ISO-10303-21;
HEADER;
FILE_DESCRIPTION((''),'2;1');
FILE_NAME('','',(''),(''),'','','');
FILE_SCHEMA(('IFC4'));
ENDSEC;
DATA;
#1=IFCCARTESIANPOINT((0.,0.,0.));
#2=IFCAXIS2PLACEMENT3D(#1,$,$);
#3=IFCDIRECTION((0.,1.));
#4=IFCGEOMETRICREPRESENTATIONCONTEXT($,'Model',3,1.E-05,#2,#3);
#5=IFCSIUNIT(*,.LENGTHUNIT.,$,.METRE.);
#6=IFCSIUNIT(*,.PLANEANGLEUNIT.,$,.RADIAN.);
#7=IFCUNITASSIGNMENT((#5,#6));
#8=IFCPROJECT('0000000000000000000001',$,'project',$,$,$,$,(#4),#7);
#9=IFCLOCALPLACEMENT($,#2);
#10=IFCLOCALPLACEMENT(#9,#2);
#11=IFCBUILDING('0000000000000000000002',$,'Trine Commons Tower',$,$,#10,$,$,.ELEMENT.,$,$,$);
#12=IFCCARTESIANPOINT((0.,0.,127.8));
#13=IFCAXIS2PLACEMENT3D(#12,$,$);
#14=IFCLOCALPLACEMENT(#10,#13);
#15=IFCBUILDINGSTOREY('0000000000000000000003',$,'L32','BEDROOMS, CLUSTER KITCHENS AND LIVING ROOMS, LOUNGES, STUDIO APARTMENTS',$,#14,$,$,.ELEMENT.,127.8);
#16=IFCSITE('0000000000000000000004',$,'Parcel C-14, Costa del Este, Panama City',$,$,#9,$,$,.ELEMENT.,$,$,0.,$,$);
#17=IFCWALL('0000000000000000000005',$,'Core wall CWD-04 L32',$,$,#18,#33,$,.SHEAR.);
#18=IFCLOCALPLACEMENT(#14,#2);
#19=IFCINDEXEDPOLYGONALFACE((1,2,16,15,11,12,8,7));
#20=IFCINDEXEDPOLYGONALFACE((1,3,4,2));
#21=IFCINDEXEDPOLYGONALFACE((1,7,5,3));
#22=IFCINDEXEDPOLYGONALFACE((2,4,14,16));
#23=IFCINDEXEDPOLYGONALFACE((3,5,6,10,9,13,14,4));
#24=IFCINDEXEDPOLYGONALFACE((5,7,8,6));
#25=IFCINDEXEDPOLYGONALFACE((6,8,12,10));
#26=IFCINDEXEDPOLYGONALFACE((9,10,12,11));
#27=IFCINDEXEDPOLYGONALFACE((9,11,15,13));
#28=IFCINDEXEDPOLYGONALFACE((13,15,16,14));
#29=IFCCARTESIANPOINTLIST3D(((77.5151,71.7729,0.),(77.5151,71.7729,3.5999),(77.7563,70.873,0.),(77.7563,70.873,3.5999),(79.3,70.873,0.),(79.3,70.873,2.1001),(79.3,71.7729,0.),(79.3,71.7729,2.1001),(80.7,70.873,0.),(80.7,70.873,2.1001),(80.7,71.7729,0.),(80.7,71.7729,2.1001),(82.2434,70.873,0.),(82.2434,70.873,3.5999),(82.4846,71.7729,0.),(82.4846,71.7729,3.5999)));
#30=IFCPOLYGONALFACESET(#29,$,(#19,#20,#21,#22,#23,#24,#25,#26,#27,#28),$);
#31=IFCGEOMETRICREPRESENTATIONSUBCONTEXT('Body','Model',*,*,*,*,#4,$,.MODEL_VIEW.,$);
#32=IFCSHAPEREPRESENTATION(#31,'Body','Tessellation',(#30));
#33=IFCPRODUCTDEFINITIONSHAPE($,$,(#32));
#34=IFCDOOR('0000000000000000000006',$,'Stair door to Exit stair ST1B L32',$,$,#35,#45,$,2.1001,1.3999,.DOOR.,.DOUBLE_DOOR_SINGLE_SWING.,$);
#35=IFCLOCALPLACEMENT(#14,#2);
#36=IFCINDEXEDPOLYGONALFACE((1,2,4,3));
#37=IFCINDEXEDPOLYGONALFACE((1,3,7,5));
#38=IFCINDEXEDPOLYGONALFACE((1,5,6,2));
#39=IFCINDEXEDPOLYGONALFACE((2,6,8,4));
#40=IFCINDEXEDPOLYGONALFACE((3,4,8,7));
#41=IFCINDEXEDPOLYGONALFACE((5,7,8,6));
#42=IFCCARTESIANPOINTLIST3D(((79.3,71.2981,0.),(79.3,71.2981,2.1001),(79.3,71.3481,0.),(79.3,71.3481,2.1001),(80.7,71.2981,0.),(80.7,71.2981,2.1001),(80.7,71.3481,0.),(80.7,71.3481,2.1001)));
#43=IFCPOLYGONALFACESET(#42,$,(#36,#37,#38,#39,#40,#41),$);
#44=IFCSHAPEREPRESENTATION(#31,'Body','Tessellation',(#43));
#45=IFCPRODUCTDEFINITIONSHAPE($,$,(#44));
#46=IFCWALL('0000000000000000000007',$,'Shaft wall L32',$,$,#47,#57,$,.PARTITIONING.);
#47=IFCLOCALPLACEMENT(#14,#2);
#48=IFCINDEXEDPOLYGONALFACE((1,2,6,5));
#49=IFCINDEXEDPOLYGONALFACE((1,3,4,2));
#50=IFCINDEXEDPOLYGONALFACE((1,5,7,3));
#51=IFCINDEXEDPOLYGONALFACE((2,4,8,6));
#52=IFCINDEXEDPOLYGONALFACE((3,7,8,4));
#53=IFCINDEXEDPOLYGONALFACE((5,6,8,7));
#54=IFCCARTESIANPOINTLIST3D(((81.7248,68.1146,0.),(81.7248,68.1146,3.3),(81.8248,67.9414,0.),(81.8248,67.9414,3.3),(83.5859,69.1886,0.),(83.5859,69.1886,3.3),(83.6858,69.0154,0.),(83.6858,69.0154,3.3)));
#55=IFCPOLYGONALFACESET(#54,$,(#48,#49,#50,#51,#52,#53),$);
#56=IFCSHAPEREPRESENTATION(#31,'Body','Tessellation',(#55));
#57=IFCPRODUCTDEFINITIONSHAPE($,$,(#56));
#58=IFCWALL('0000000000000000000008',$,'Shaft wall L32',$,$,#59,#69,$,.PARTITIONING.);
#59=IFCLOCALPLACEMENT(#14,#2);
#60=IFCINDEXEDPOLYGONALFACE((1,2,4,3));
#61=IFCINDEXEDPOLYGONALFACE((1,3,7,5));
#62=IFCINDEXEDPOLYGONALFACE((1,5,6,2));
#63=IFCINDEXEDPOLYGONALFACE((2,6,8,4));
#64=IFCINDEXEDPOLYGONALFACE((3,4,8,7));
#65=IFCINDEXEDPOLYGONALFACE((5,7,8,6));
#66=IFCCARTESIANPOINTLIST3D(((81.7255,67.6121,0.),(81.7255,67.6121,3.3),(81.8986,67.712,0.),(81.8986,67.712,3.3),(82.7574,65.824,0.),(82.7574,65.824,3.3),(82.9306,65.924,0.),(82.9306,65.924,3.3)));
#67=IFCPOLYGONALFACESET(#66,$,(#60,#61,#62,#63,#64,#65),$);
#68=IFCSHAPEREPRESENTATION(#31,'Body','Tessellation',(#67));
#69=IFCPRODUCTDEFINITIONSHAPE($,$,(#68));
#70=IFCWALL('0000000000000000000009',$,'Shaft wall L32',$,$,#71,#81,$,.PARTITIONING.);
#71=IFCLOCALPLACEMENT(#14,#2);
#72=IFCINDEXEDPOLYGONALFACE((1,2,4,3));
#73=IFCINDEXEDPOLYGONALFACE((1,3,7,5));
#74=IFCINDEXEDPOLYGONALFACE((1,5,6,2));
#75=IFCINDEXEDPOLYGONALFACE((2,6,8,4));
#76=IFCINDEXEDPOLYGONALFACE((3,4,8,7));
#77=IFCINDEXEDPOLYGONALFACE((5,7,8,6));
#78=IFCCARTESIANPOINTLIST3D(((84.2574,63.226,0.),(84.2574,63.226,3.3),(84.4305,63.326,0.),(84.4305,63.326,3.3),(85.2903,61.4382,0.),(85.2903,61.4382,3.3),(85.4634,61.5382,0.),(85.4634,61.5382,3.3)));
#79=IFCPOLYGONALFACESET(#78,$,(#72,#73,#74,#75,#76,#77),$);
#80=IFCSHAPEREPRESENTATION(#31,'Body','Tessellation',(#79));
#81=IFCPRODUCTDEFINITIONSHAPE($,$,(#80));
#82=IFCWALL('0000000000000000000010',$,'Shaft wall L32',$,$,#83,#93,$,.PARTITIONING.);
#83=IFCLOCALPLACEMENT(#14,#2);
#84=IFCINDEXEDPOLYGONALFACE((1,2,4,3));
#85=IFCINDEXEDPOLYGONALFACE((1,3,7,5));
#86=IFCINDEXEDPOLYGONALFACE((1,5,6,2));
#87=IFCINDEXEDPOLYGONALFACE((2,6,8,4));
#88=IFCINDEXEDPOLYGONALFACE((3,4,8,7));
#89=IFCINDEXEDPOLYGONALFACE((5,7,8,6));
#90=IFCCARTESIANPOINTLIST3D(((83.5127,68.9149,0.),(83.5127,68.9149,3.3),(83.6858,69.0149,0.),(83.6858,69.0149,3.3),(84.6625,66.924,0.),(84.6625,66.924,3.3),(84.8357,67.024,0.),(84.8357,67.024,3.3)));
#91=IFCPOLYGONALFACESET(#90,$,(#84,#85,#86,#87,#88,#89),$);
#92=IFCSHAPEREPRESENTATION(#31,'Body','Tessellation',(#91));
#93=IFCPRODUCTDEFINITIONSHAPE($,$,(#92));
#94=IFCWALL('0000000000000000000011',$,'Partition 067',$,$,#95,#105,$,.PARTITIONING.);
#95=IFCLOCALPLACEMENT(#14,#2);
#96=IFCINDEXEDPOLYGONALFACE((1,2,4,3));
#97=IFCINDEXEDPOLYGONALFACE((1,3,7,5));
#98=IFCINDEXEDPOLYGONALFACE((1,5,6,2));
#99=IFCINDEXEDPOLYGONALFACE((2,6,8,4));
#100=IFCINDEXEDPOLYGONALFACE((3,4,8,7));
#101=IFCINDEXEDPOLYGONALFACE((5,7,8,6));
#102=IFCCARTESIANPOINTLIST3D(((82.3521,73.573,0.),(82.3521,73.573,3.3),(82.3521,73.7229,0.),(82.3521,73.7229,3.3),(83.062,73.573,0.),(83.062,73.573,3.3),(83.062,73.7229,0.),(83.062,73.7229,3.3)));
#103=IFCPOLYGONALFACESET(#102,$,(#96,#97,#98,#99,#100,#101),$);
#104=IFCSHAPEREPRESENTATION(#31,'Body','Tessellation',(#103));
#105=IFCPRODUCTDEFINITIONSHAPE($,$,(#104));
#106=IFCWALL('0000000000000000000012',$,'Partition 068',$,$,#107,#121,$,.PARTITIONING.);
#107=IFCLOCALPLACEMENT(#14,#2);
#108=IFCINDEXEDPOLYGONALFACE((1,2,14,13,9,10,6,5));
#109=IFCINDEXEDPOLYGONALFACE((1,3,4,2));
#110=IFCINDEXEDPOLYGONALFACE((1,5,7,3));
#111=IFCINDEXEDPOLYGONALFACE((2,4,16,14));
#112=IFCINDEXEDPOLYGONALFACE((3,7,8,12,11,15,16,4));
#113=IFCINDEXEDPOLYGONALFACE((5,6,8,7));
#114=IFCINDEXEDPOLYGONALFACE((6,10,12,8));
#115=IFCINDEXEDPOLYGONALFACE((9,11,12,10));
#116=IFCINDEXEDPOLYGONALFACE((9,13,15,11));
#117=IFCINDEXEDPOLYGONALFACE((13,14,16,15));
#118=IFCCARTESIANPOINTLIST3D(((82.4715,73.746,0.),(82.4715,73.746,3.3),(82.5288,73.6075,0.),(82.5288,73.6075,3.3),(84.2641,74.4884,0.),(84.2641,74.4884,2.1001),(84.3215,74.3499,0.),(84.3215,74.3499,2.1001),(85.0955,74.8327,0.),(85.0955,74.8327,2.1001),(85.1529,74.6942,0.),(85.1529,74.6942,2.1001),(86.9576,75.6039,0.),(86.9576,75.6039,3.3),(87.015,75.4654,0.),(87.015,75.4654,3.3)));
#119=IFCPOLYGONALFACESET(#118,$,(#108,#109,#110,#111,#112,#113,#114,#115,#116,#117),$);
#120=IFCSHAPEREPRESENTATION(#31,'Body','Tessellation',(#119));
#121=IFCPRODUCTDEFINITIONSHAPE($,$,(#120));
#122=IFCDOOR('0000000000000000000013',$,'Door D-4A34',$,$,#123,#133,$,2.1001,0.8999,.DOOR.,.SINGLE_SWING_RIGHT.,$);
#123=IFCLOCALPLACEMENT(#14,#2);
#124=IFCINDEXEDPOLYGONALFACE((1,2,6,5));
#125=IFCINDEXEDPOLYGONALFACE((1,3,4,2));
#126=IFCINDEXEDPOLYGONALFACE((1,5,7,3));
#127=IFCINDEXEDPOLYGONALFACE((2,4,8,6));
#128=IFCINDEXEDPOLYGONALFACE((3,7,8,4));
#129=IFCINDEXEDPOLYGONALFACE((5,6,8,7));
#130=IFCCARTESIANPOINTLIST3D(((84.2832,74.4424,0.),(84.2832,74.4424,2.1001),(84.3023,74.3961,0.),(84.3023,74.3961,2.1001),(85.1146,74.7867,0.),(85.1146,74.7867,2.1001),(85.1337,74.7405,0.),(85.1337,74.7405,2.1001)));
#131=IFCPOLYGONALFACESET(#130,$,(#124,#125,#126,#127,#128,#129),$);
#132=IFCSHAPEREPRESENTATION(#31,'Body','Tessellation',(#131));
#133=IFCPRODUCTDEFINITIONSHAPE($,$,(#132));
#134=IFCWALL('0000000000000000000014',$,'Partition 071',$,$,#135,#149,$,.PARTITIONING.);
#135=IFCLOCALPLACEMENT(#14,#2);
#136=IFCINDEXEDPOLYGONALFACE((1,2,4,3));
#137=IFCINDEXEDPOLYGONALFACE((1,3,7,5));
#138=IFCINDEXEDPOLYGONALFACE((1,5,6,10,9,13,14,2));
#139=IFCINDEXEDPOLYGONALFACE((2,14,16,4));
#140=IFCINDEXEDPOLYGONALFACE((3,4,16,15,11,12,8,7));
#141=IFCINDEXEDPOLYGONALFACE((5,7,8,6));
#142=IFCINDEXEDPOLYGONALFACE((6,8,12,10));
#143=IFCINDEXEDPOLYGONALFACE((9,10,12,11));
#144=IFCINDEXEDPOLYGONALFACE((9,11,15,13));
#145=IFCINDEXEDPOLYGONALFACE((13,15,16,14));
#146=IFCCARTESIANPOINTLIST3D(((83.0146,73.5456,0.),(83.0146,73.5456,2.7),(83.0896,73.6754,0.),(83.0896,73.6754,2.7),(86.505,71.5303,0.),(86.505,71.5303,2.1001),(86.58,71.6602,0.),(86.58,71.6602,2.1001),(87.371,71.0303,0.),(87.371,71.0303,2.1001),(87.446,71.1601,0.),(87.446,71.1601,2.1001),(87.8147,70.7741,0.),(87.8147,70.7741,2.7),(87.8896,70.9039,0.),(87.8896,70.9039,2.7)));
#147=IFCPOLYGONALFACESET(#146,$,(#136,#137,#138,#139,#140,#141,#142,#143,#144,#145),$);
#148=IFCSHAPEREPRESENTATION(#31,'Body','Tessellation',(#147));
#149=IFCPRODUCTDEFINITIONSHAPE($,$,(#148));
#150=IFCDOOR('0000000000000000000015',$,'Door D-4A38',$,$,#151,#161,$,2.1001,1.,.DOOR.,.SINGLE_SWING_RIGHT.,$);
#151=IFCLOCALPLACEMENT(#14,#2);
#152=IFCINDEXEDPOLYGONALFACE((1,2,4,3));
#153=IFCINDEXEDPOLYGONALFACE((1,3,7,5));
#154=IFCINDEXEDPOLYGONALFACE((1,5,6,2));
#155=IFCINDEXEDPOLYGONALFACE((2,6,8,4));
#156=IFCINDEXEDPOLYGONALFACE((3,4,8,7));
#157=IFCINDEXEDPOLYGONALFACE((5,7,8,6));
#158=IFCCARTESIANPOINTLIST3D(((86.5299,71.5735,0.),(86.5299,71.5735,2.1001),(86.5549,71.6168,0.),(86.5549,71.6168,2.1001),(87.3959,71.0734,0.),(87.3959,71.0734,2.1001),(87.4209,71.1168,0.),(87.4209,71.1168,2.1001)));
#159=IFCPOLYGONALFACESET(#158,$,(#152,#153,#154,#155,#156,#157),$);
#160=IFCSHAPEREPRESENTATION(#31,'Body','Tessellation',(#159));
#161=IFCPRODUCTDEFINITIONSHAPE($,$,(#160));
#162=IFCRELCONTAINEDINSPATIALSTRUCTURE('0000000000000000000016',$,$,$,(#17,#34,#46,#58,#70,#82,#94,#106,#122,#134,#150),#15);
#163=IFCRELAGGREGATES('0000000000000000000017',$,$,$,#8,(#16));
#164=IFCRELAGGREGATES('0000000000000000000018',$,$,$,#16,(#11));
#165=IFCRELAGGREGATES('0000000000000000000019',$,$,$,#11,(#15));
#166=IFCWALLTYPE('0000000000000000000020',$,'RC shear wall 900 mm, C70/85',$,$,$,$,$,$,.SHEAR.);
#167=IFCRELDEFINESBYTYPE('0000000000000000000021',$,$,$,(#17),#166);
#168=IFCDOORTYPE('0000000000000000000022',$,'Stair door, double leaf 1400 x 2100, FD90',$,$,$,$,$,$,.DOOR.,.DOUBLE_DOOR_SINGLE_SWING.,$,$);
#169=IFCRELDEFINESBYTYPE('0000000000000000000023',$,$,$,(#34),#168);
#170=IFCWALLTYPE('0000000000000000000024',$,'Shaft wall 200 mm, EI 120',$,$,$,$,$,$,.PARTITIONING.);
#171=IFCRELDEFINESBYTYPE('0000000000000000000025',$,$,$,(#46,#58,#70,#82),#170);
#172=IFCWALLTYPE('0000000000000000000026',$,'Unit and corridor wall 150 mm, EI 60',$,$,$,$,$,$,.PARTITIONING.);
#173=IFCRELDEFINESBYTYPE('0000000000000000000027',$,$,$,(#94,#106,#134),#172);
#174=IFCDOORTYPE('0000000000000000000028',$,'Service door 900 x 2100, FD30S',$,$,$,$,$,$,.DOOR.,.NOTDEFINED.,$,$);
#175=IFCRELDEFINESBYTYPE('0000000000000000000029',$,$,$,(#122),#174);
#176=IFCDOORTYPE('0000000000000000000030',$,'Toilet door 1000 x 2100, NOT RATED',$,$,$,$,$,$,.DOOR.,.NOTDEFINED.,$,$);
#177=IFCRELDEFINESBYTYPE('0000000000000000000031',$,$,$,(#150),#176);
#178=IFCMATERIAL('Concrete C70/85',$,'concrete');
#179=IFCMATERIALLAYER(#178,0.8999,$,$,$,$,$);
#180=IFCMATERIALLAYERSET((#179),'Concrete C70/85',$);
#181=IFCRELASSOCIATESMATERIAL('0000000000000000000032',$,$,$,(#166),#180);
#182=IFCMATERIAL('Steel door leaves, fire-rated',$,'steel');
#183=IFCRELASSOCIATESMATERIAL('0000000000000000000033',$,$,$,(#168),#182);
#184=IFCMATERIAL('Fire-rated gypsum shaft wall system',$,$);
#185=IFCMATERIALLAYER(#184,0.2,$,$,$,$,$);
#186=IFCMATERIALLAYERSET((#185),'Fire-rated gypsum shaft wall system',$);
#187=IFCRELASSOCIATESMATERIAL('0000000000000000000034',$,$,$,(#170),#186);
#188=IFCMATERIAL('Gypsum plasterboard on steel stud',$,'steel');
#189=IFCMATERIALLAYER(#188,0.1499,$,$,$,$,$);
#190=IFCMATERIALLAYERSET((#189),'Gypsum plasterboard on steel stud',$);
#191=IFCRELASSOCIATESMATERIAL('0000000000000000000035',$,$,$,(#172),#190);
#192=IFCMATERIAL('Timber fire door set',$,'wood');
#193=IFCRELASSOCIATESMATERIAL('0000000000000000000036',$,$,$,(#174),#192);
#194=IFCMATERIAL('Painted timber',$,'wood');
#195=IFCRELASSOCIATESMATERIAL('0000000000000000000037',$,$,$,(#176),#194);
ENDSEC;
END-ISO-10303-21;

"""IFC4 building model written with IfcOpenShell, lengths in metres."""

from ifc_helpers import new_model, si_unit, direction, frame, frame_2d, origin, place, context, subcontext, project, spatial, polyline, rectangle, outline, extrude, material, layer, layer_set, type_object, element, fill, save


model = new_model("IFC4")

# Units and contexts
model_context = context("Model", 3, precision=1e-05, world=origin(), true_north=direction((0.0, 1.0)))
body_context = subcontext(model_context, "Body", "Model", "MODEL_VIEW")
ifc_project = project(units=[si_unit("LENGTHUNIT", "METRE"), si_unit("PLANEANGLEUNIT", "RADIAN")], contexts=[model_context])

# Site, building, storey
site_placement = place(None, origin())
site = spatial("IfcSite", under=ifc_project, at=site_placement, Name="Parcel C-14, Costa del Este, Panama City", CompositionType="ELEMENT", RefElevation=0.0)
building_placement = place(site_placement, origin())
building = spatial("IfcBuilding", under=site, at=building_placement, Name="Trine Commons Tower", CompositionType="ELEMENT")
storey_placement = place(building_placement, frame((0.0, 0.0, 127.8)))
storey = spatial("IfcBuildingStorey", under=building, at=storey_placement, Name="L32", Description="BEDROOMS, CLUSTER KITCHENS AND LIVING ROOMS, LOUNGES, STUDIO APARTMENTS", CompositionType="ELEMENT", Elevation=127.8)

# Shared definitions
ifc_material_1 = material(Name="Fire-rated gypsum shaft wall system")
ifc_material_2 = material(Name="Concrete C70/85", Category="concrete")

# Wall, opening, door
ifc_layer_1 = layer(ifc_material_2, 0.8999)
ifc_layer_set_1 = layer_set([ifc_layer_1], Name="Concrete C70/85")
wall_type_1 = type_object("IfcWallType", Name="RC shear wall 900 mm, C70/85", PredefinedType="SHEAR", material=ifc_layer_set_1)
wall_1_placement = place(storey_placement, frame((82.4846, 71.323, 0.0), z_axis=(0.0, 0.0, 1.0), x_axis=(-1.0, 0.0, 0.0)))
wall_1 = element("IfcWall", 1, at=wall_1_placement, inside=storey, type_object=wall_type_1, Name="Core wall CWD-04 L32", PredefinedType="SHEAR", context=body_context, shape_type="SweptSolid", body=[
    extrude(outline(polyline([(0.0, -0.45), (4.9695, -0.45), (4.7283, 0.45), (0.2412, 0.45), (0.0, -0.45)])), origin(), (0.0, 0.0, 1.0), 3.5999),
])
opening_1_placement = place(wall_1_placement, frame((1.7847, 0.0, 0.0)))
opening_1 = element("IfcOpeningElement", 2, at=opening_1_placement, cuts=wall_1, PredefinedType="OPENING", context=body_context, shape_type="SweptSolid", body=[
    extrude(rectangle(XDim=1.3999, YDim=2.1001, at=frame_2d((0.7, 1.05))), frame((0.0, 0.46, 0.0), z_axis=(0.0, -1.0, 0.0), x_axis=(1.0, 0.0, 0.0)), (0.0, 0.0, 1.0), 0.9199),
])
ifc_material_3 = material(Name="Steel door leaves, fire-rated", Category="steel")
door_type_1 = type_object("IfcDoorType", Name="Stair door, double leaf 1400 x 2100, FD90", OperationType="DOUBLE_DOOR_SINGLE_SWING", PredefinedType="DOOR", material=ifc_material_3)
door_1_placement = place(opening_1_placement, origin())
door_1 = element("IfcDoor", 3, at=door_1_placement, inside=storey, type_object=door_type_1, Name="Stair door to Exit stair ST1B L32", OperationType="DOUBLE_DOOR_SINGLE_SWING", OverallHeight=2.1001, OverallWidth=1.3999, PredefinedType="DOOR", context=body_context, shape_type="SweptSolid", body=[
    extrude(rectangle(XDim=1.3999, YDim=2.1001, at=frame_2d((0.7, 1.05))), frame((0.0, 0.0249, 0.0), z_axis=(0.0, -1.0, 0.0), x_axis=(1.0, 0.0, 0.0)), (0.0, 0.0, 1.0), 0.05),
])
fill(opening_1, door_1)

# Walls
ifc_layer_2 = layer(ifc_material_1, 0.2)
ifc_layer_set_2 = layer_set([ifc_layer_2], Name="Fire-rated gypsum shaft wall system")
wall_type_2 = type_object("IfcWallType", Name="Shaft wall 200 mm, EI 120", PredefinedType="PARTITIONING", material=ifc_layer_set_2)
wall_2_placement = place(storey_placement, frame((81.7749, 68.0281, 0.0), z_axis=(0.0, 0.0, 1.0), x_axis=(0.866131, 0.499818, 0.0)))
element("IfcWall", 4, at=wall_2_placement, inside=storey, type_object=wall_type_2, Name="Shaft wall L32", PredefinedType="PARTITIONING", context=body_context, shape_type="SweptSolid", body=[
    extrude(rectangle(XDim=2.1487, YDim=0.2, at=frame_2d((1.0742, 0.0))), origin(), (0.0, 0.0, 1.0), 3.3),
])
wall_3_placement = place(storey_placement, frame((82.844, 65.874, 0.0), z_axis=(0.0, 0.0, 1.0), x_axis=(-0.499866, 0.866103, 0.0)))
element("IfcWall", 5, at=wall_3_placement, inside=storey, type_object=wall_type_2, Name="Shaft wall L32", PredefinedType="PARTITIONING", context=body_context, shape_type="SweptSolid", body=[
    extrude(rectangle(XDim=2.0645, YDim=0.2, at=frame_2d((1.0322, 0.0))), origin(), (0.0, 0.0, 1.0), 3.3),
])
wall_4_placement = place(storey_placement, frame((84.344, 63.2759, 0.0), z_axis=(0.0, 0.0, 1.0), x_axis=(0.500272, -0.865868, 0.0)))
element("IfcWall", 6, at=wall_4_placement, inside=storey, type_object=wall_type_2, Name="Shaft wall L32", PredefinedType="PARTITIONING", context=body_context, shape_type="SweptSolid", body=[
    extrude(rectangle(XDim=2.0647, YDim=0.2, at=frame_2d((1.0322, 0.0))), origin(), (0.0, 0.0, 1.0), 3.3),
])
wall_5_placement = place(storey_placement, frame((84.749, 66.9741, 0.0), z_axis=(0.0, 0.0, 1.0), x_axis=(-0.500136, 0.865947, 0.0)))
element("IfcWall", 7, at=wall_5_placement, inside=storey, type_object=wall_type_2, Name="Shaft wall L32", PredefinedType="PARTITIONING", context=body_context, shape_type="SweptSolid", body=[
    extrude(rectangle(XDim=2.2991, YDim=0.2, at=frame_2d((1.1494, 0.0))), origin(), (0.0, 0.0, 1.0), 3.3),
])
ifc_material_4 = material(Name="Gypsum plasterboard on steel stud", Category="steel")
ifc_layer_3 = layer(ifc_material_4, 0.1499)
ifc_layer_set_3 = layer_set([ifc_layer_3], Name="Gypsum plasterboard on steel stud")
wall_type_3 = type_object("IfcWallType", Name="Unit and corridor wall 150 mm, EI 60", PredefinedType="PARTITIONING", material=ifc_layer_set_3)
wall_6_placement = place(storey_placement, frame((82.3521, 73.6479, 0.0), z_axis=(0.0, 0.0, 1.0), x_axis=(1.0, 0.0, 0.0)))
element("IfcWall", 8, at=wall_6_placement, inside=storey, type_object=wall_type_3, Name="Partition 067", PredefinedType="PARTITIONING", context=body_context, shape_type="SweptSolid", body=[
    extrude(rectangle(XDim=0.71, YDim=0.1499, at=frame_2d((0.355, 0.0))), origin(), (0.0, 0.0, 1.0), 3.3),
])

# Walls, openings, doors
wall_7_placement = place(storey_placement, frame((82.5002, 73.6768, 0.0), z_axis=(0.0, 0.0, 1.0), x_axis=(0.9239, 0.382633, 0.0)))
wall_7 = element("IfcWall", 9, at=wall_7_placement, inside=storey, type_object=wall_type_3, Name="Partition 068", PredefinedType="PARTITIONING", context=body_context, shape_type="SweptSolid", body=[
    extrude(rectangle(XDim=4.8557, YDim=0.1499, at=frame_2d((2.4277, 0.0))), origin(), (0.0, 0.0, 1.0), 3.3),
])
opening_2_placement = place(wall_7_placement, frame((1.9402, 0.0, 0.0)))
opening_2 = element("IfcOpeningElement", 10, at=opening_2_placement, cuts=wall_7, PredefinedType="OPENING", context=body_context, shape_type="SweptSolid", body=[
    extrude(rectangle(XDim=0.8999, YDim=2.1001, at=frame_2d((0.45, 1.05))), frame((0.0, 0.085, 0.0), z_axis=(0.0, -1.0, 0.0), x_axis=(1.0, 0.0, 0.0)), (0.0, 0.0, 1.0), 0.1699),
])
ifc_material_5 = material(Name="Timber fire door set", Category="wood")
door_type_2 = type_object("IfcDoorType", Name="Service door 900 x 2100, FD30S", OperationType="NOTDEFINED", PredefinedType="DOOR", material=ifc_material_5)
door_2_placement = place(opening_2_placement, frame((0.8999, 0.0, 0.0), z_axis=(0.0, 0.0, 1.0), x_axis=(-1.0, 0.0, 0.0)))
door_2 = element("IfcDoor", 11, at=door_2_placement, inside=storey, type_object=door_type_2, Name="Door D-4A34", OperationType="SINGLE_SWING_RIGHT", OverallHeight=2.1001, OverallWidth=0.8999, PredefinedType="DOOR", context=body_context, shape_type="SweptSolid", body=[
    extrude(rectangle(XDim=0.8999, YDim=2.1001, at=frame_2d((0.45, 1.05))), frame((0.0, 0.0249, 0.0), z_axis=(0.0, -1.0, 0.0), x_axis=(1.0, 0.0, 0.0)), (0.0, 0.0, 1.0), 0.05),
])
fill(opening_2, door_2)
wall_8_placement = place(storey_placement, frame((83.052, 73.6106, 0.0), z_axis=(0.0, 0.0, 1.0), x_axis=(0.866012, -0.500024, 0.0)))
wall_8 = element("IfcWall", 12, at=wall_8_placement, inside=storey, type_object=wall_type_3, Name="Partition 071", PredefinedType="PARTITIONING", context=body_context, shape_type="SweptSolid", body=[
    extrude(rectangle(XDim=5.5427, YDim=0.1499, at=frame_2d((2.7715, 0.0))), origin(), (0.0, 0.0, 1.0), 2.7),
])
opening_3_placement = place(wall_8_placement, frame((4.0305, 0.0, 0.0)))
opening_3 = element("IfcOpeningElement", 13, at=opening_3_placement, cuts=wall_8, PredefinedType="OPENING", context=body_context, shape_type="SweptSolid", body=[
    extrude(rectangle(XDim=1.0, YDim=2.1001, at=frame_2d((0.5, 1.05))), frame((0.0, 0.085, 0.0), z_axis=(0.0, -1.0, 0.0), x_axis=(1.0, 0.0, 0.0)), (0.0, 0.0, 1.0), 0.1699),
])
ifc_material_6 = material(Name="Painted timber", Category="wood")
door_type_3 = type_object("IfcDoorType", Name="Toilet door 1000 x 2100, NOT RATED", OperationType="NOTDEFINED", PredefinedType="DOOR", material=ifc_material_6)
door_3_placement = place(opening_3_placement, origin())
door_3 = element("IfcDoor", 14, at=door_3_placement, inside=storey, type_object=door_type_3, Name="Door D-4A38", OperationType="SINGLE_SWING_RIGHT", OverallHeight=2.1001, OverallWidth=1.0, PredefinedType="DOOR", context=body_context, shape_type="SweptSolid", body=[
    extrude(rectangle(XDim=1.0, YDim=2.1001, at=frame_2d((0.5, 1.05))), frame((0.0, 0.0249, 0.0), z_axis=(0.0, -1.0, 0.0), x_axis=(1.0, 0.0, 0.0)), (0.0, 0.0, 1.0), 0.05),
])
fill(opening_3, door_3)

save(model, "model.ifc")
